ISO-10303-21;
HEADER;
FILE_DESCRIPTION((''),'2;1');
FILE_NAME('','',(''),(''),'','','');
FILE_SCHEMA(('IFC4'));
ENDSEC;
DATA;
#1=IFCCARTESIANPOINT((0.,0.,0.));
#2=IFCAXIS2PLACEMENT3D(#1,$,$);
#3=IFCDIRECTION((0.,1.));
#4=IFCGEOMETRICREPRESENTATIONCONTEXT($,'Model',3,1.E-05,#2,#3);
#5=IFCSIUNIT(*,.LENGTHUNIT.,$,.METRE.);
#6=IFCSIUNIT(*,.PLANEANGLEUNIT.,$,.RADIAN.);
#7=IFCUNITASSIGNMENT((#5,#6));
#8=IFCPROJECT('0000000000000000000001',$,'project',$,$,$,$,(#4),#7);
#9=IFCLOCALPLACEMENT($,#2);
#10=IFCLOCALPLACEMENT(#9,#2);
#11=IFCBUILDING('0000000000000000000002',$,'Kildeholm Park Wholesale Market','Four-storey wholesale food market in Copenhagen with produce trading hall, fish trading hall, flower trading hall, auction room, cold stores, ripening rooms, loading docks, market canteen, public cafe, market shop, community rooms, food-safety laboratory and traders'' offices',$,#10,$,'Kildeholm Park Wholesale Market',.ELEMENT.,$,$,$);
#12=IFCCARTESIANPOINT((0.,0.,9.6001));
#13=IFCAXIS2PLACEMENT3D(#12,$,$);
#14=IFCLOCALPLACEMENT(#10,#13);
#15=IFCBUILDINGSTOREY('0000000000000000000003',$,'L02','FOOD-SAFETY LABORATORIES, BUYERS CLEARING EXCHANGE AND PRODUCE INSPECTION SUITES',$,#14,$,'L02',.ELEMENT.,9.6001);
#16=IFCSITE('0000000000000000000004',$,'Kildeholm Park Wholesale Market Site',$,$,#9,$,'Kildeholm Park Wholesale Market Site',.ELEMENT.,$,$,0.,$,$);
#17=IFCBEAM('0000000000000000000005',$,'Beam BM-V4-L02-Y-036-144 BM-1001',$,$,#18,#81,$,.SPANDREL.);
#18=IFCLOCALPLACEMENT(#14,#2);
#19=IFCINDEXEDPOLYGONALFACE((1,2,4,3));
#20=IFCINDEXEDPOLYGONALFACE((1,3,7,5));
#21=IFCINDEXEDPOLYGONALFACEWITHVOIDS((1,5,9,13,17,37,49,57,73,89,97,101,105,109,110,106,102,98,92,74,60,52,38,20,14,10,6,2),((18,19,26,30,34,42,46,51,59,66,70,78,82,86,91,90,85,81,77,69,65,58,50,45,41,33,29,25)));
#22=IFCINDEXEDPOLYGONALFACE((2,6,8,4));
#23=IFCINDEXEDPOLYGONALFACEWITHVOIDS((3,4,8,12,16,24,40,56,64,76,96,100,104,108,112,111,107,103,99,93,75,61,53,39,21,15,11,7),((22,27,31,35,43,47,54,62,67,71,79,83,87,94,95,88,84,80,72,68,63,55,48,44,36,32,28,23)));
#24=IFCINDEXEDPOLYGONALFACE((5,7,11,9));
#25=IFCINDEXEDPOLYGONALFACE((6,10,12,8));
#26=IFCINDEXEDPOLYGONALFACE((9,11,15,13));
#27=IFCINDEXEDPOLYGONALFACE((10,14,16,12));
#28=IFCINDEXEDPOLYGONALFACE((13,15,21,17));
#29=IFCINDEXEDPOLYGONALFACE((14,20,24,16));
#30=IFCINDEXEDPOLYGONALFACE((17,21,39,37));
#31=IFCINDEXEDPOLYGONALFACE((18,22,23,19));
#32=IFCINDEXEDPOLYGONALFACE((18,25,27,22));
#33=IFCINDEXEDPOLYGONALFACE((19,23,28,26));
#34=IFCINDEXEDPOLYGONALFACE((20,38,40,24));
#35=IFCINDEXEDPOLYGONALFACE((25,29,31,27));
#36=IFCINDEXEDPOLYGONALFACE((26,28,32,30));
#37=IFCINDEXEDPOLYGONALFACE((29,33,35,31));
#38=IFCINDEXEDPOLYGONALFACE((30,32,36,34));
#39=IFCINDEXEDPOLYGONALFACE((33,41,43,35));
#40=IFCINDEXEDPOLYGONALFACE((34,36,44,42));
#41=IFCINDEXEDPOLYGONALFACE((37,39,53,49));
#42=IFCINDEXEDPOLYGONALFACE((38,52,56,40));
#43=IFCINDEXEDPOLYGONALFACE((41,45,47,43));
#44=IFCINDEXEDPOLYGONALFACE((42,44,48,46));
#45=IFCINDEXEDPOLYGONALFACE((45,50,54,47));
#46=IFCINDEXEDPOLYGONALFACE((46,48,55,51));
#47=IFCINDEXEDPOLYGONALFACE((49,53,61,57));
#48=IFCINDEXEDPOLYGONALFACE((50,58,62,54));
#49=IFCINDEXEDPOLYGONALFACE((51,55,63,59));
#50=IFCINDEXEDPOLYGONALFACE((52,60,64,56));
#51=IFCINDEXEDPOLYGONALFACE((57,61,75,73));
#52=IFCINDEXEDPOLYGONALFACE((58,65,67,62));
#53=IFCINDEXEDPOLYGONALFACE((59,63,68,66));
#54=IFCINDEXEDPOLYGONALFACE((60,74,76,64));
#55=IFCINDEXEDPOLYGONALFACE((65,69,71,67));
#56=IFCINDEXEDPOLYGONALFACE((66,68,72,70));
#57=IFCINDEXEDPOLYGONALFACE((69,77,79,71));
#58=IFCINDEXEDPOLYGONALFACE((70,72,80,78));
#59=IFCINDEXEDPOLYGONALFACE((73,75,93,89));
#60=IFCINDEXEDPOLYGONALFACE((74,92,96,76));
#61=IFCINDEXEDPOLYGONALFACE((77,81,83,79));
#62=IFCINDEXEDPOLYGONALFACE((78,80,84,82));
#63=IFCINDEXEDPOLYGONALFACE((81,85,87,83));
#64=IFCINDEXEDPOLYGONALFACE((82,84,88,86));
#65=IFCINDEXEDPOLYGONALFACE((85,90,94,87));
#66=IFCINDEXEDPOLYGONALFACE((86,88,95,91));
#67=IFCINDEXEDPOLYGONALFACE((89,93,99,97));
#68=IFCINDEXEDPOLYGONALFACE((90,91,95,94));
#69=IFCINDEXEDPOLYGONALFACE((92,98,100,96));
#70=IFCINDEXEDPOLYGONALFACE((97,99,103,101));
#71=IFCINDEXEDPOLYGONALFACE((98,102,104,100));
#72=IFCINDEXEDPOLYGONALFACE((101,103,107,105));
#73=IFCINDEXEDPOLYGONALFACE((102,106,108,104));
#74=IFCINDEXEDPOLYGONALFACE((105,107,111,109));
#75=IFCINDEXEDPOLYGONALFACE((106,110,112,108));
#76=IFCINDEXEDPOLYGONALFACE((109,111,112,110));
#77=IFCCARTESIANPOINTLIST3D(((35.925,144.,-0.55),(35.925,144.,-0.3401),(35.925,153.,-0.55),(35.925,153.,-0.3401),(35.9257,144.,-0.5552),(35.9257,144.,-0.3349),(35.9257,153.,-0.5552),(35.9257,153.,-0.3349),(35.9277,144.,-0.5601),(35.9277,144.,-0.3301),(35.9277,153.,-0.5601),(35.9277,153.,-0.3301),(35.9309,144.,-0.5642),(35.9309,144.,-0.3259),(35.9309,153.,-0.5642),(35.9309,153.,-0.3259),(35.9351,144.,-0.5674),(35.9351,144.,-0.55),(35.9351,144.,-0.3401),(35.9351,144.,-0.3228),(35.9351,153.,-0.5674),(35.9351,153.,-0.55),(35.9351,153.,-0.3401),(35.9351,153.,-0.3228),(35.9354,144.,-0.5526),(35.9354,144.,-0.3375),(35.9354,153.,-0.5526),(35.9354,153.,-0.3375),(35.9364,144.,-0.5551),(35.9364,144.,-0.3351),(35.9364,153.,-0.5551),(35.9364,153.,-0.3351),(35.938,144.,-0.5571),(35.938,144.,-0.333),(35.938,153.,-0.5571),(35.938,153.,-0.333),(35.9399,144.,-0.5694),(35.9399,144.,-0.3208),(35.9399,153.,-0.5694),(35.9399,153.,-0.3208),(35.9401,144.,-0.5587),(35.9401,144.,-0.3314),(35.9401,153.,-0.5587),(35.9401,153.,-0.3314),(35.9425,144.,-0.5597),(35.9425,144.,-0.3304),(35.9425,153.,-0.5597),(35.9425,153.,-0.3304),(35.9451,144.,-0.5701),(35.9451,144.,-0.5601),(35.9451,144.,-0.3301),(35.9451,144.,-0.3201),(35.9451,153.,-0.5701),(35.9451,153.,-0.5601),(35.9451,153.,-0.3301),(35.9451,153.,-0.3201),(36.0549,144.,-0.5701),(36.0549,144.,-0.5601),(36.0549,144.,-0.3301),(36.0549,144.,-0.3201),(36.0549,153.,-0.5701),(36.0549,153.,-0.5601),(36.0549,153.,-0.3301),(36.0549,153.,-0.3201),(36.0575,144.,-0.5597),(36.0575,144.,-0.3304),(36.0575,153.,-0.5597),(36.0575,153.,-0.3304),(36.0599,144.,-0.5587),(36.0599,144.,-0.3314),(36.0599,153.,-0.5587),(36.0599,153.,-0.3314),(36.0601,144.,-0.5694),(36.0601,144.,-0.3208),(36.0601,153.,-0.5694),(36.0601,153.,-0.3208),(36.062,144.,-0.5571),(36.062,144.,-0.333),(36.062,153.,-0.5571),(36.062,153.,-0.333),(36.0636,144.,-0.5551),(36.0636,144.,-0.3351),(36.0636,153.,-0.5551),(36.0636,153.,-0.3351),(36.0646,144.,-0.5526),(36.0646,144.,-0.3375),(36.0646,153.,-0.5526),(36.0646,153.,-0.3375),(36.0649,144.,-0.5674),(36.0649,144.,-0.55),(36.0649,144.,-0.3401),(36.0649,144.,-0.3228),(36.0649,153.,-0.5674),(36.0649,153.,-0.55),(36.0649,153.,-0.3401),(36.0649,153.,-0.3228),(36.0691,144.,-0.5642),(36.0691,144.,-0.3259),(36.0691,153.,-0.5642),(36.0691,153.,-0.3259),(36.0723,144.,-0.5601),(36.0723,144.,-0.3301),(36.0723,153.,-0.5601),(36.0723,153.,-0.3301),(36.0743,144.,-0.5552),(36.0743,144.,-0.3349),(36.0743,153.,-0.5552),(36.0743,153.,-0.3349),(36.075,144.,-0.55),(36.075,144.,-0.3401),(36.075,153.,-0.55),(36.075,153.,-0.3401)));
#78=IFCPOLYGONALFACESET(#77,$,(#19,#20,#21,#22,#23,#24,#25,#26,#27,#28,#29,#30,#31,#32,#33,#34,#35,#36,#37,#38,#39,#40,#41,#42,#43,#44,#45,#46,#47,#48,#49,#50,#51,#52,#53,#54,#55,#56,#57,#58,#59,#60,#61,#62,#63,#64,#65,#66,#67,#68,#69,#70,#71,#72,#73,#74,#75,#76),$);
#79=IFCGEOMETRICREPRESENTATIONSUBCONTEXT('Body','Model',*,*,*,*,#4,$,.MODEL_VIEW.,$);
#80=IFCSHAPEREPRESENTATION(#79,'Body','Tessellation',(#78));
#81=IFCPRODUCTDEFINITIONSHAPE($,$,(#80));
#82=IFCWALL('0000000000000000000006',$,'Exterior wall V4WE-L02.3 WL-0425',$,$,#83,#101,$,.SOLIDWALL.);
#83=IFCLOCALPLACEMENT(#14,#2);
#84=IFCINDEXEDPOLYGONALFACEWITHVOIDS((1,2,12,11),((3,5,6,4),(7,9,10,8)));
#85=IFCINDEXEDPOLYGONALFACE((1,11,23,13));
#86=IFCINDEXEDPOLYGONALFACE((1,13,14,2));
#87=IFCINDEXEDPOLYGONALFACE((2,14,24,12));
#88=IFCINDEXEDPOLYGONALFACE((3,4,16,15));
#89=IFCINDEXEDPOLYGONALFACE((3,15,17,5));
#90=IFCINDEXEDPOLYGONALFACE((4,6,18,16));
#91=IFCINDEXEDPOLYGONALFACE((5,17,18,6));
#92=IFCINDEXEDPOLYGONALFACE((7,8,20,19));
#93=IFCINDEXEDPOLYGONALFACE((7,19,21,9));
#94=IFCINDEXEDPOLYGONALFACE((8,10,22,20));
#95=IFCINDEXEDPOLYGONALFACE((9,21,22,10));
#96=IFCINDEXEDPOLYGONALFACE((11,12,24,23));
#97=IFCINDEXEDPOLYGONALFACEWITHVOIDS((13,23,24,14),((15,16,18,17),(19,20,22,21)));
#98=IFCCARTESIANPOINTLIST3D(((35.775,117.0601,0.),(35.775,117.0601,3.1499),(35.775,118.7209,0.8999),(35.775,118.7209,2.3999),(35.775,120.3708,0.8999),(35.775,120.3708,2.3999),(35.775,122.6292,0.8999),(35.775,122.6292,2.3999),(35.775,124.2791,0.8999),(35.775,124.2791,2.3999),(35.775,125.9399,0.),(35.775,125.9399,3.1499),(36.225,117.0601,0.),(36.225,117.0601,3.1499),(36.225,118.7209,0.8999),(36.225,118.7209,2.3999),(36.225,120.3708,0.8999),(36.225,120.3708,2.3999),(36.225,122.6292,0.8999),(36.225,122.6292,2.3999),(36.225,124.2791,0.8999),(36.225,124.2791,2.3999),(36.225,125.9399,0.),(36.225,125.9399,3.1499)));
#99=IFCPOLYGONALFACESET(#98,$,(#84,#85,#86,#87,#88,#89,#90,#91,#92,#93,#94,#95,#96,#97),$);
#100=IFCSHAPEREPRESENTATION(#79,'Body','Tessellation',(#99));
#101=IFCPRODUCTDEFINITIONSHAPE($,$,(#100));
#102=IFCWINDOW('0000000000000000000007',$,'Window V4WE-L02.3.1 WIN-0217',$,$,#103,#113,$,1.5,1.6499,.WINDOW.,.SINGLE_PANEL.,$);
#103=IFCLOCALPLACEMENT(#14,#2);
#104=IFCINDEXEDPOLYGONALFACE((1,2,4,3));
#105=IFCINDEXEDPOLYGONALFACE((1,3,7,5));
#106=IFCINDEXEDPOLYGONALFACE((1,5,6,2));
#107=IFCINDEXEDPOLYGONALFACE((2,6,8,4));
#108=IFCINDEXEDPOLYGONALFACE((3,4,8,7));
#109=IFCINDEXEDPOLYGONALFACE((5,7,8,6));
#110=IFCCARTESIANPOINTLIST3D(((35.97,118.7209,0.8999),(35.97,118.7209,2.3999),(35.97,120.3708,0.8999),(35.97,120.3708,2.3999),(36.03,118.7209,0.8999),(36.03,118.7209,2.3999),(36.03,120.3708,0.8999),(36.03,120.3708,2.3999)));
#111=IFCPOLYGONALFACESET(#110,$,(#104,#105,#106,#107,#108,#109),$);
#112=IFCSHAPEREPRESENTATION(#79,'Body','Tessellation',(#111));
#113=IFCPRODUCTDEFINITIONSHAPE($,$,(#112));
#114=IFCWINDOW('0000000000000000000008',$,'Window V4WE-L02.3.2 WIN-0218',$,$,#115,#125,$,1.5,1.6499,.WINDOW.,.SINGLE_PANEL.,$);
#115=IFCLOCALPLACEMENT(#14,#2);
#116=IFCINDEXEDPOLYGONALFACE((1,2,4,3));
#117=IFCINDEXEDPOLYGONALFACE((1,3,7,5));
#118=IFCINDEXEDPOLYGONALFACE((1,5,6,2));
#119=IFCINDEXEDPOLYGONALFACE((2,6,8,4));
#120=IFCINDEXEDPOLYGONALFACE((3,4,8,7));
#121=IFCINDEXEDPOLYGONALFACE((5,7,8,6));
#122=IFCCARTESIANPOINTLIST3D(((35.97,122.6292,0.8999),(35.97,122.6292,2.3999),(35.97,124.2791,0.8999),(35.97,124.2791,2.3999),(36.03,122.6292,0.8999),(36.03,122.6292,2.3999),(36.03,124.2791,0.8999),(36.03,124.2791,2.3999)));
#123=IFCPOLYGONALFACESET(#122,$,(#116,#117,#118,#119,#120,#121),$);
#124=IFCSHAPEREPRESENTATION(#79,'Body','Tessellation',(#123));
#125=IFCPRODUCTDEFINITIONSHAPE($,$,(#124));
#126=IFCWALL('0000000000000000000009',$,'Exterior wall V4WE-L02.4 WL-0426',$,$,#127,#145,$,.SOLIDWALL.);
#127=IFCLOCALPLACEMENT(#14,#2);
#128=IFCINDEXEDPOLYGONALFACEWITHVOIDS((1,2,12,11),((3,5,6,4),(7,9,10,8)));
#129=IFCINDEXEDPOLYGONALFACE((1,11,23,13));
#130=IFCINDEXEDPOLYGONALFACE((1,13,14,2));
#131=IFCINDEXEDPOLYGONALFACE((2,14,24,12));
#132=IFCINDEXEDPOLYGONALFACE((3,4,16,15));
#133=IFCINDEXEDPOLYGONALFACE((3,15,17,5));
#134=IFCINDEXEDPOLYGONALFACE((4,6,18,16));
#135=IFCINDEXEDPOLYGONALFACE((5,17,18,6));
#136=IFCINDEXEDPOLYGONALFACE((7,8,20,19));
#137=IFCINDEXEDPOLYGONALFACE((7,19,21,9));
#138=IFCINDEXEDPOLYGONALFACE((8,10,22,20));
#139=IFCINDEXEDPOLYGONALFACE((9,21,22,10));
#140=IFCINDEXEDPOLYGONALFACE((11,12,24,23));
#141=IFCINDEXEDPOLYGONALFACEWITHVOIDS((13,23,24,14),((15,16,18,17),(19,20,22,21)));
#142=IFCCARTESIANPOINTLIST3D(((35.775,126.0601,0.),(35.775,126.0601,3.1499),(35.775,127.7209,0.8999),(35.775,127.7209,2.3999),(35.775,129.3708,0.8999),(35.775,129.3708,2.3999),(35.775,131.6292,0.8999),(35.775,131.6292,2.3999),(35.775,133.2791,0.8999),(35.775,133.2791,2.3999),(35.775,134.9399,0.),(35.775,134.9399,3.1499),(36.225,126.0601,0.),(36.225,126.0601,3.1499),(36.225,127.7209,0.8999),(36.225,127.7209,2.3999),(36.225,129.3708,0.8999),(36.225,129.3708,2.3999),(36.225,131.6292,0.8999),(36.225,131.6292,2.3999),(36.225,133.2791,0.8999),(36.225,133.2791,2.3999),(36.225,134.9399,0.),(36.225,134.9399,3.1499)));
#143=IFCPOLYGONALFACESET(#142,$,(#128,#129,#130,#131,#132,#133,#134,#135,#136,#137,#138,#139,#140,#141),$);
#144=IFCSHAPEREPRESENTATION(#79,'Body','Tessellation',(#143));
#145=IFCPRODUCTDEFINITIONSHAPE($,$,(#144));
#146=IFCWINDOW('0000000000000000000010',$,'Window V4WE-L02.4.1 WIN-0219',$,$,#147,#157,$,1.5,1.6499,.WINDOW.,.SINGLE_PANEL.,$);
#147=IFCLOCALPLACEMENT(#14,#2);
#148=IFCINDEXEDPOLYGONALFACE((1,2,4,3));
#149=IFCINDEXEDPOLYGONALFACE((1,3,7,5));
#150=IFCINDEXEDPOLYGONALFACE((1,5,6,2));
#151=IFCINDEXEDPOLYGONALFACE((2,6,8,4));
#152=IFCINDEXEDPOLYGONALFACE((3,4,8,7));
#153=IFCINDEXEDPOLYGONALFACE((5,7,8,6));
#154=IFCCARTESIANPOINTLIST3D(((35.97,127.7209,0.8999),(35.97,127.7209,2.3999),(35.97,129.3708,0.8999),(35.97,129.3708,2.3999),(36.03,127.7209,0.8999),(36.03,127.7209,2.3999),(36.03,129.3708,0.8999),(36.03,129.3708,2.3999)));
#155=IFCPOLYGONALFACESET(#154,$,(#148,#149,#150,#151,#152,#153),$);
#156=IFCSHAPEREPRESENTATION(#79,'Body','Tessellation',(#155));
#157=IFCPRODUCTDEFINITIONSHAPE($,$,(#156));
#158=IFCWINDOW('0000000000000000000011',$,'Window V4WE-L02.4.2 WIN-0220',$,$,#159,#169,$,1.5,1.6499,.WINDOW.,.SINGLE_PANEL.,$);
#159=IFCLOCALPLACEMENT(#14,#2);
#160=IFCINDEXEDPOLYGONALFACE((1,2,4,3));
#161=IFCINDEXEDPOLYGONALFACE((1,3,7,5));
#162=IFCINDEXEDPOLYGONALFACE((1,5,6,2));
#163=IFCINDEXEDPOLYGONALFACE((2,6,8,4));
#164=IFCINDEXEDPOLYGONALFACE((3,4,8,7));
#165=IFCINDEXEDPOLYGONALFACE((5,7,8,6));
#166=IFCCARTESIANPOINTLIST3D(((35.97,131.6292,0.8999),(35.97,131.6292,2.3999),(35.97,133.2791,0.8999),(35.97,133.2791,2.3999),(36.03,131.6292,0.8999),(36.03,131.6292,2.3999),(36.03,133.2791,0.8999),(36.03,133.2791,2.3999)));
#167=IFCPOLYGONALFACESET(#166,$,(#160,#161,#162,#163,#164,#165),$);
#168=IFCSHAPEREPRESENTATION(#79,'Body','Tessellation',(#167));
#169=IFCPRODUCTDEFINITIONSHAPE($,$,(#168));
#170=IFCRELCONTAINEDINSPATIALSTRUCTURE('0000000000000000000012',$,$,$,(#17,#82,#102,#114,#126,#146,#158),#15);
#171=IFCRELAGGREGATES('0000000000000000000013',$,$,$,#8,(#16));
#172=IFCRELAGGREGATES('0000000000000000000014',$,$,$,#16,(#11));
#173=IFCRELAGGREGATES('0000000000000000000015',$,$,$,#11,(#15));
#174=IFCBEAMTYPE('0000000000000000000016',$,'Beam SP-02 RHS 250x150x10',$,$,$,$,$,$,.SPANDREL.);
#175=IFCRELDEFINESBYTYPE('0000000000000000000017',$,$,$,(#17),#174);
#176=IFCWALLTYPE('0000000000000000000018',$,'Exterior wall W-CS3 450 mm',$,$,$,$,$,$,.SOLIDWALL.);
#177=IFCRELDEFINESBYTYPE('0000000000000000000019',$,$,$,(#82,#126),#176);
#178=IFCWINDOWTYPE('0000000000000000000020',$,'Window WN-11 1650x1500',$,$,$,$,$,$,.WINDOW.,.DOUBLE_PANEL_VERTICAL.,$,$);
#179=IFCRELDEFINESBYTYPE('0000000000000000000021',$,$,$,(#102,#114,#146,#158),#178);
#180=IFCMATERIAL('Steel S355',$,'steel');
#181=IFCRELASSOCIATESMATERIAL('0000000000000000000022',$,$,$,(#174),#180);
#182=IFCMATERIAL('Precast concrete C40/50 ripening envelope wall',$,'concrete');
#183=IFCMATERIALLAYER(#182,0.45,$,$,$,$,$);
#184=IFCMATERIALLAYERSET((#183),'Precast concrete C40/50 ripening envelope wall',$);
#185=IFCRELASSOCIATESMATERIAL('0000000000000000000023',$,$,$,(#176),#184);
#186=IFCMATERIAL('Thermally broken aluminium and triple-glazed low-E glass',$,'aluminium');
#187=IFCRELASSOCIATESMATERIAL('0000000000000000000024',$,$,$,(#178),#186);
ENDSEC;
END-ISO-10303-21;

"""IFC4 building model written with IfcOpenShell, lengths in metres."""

from ifc_helpers import new_model, si_unit, direction, frame, frame_2d, origin, origin_2d, place, context, subcontext, project, spatial, rectangle, hollow_rectangle, extrude, material, layer, layer_set, material_profile, profile_set, type_object, element, fill, save


model = new_model("IFC4")

# Units and contexts
model_context = context("Model", 3, precision=1e-05, world=origin(), true_north=direction((0.0, 1.0)))
body_context = subcontext(model_context, "Body", "Model", "MODEL_VIEW")
ifc_project = project(units=[si_unit("LENGTHUNIT", "METRE"), si_unit("PLANEANGLEUNIT", "RADIAN")], contexts=[model_context])

# Site, building, storey
site_placement = place(None, origin())
site = spatial("IfcSite", under=ifc_project, at=site_placement, Name="Kildeholm Park Wholesale Market Site", LongName="Kildeholm Park Wholesale Market Site", CompositionType="ELEMENT", RefElevation=0.0)
building_placement = place(site_placement, origin())
building = spatial("IfcBuilding", under=site, at=building_placement, Name="Kildeholm Park Wholesale Market", Description="Four-storey wholesale food market in Copenhagen with produce trading hall, fish trading hall, flower trading hall, auction room, cold stores, ripening rooms, loading docks, market canteen, public cafe, market shop, community rooms, food-safety laboratory and traders' offices", LongName="Kildeholm Park Wholesale Market", CompositionType="ELEMENT")
storey_placement = place(building_placement, frame((0.0, 0.0, 9.6001)))
storey = spatial("IfcBuildingStorey", under=building, at=storey_placement, Name="L02", Description="FOOD-SAFETY LABORATORIES, BUYERS CLEARING EXCHANGE AND PRODUCE INSPECTION SUITES", LongName="L02", CompositionType="ELEMENT", Elevation=9.6001)

# Beam
ifc_material_1 = material(Name="Steel S355", Category="steel")
ifc_material_profile_1 = material_profile(ifc_material_1, hollow_rectangle(XDim=0.1499, YDim=0.25, WallThickness=0.01, InnerFilletRadius=0.01, OuterFilletRadius=0.02, at=origin_2d()), Name="RHS 250x150x10")
ifc_profile_set_1 = profile_set([ifc_material_profile_1], Name="Steel S355")
beam_type_1 = type_object("IfcBeamType", Name="Beam SP-02 RHS 250x150x10", PredefinedType="SPANDREL", material=ifc_profile_set_1)
for number, where, z_axis, x_axis, name in (
    (1, (36.0, 144.0, -0.4451), (0.0, 1.0, 0.0), (-1.0, 0.0, 0.0), "Beam BM-V4-L02-Y-036-144 BM-1001"),
):
    element("IfcBeam", number, at=place(storey_placement, frame(where, z_axis=z_axis, x_axis=x_axis)), inside=storey, type_object=beam_type_1, Name=name, PredefinedType="SPANDREL", context=body_context, shape_type="SweptSolid", body=[
        extrude(hollow_rectangle(XDim=0.1499, YDim=0.25, WallThickness=0.01, InnerFilletRadius=0.01, OuterFilletRadius=0.02, at=origin_2d()), origin(), (0.0, 0.0, 1.0), 9.0),
    ])

# Walls, openings, windows
ifc_material_2 = material(Name="Precast concrete C40/50 ripening envelope wall", Category="concrete")
ifc_layer = layer(ifc_material_2, 0.45)
ifc_layer_set = layer_set([ifc_layer], Name="Precast concrete C40/50 ripening envelope wall")
wall_type = type_object("IfcWallType", Name="Exterior wall W-CS3 450 mm", PredefinedType="SOLIDWALL", material=ifc_layer_set)
wall_1_placement = place(storey_placement, frame((36.0, 117.0601, 0.0), z_axis=(0.0, 0.0, 1.0), x_axis=(0.0, 1.0, 0.0)))
wall_1 = element("IfcWall", 2, at=wall_1_placement, inside=storey, type_object=wall_type, Name="Exterior wall V4WE-L02.3 WL-0425", PredefinedType="SOLIDWALL", context=body_context, shape_type="SweptSolid", body=[
    extrude(rectangle(XDim=8.8799, YDim=0.45, at=frame_2d((4.4399, 0.0))), origin(), (0.0, 0.0, 1.0), 3.1499),
])
opening_1_placement = place(wall_1_placement, frame((1.6609, 0.0, 0.8999)))
opening_1 = element("IfcOpeningElement", 3, at=opening_1_placement, cuts=wall_1, PredefinedType="OPENING", context=body_context, shape_type="SweptSolid", body=[
    extrude(rectangle(XDim=1.6499, YDim=1.5, at=frame_2d((0.825, 0.75))), frame((0.0, 0.2349, 0.0), z_axis=(0.0, -1.0, 0.0), x_axis=(1.0, 0.0, 0.0)), (0.0, 0.0, 1.0), 0.47),
])
opening_2_placement = place(wall_1_placement, frame((5.5691, 0.0, 0.8999)))
opening_2 = element("IfcOpeningElement", 4, at=opening_2_placement, cuts=wall_1, PredefinedType="OPENING", context=body_context, shape_type="SweptSolid", body=[
    extrude(rectangle(XDim=1.6499, YDim=1.5, at=frame_2d((0.825, 0.75))), frame((0.0, 0.2349, 0.0), z_axis=(0.0, -1.0, 0.0), x_axis=(1.0, 0.0, 0.0)), (0.0, 0.0, 1.0), 0.47),
])
ifc_material_3 = material(Name="Thermally broken aluminium and triple-glazed low-E glass", Category="aluminium")
window_type = type_object("IfcWindowType", Name="Window WN-11 1650x1500", PartitioningType="DOUBLE_PANEL_VERTICAL", PredefinedType="WINDOW", material=ifc_material_3)
window_1_placement = place(opening_1_placement, origin())
window_1 = element("IfcWindow", 5, at=window_1_placement, inside=storey, type_object=window_type, Name="Window V4WE-L02.3.1 WIN-0217", OverallHeight=1.5, OverallWidth=1.6499, PartitioningType="SINGLE_PANEL", PredefinedType="WINDOW", context=body_context, shape_type="SweptSolid", body=[
    extrude(rectangle(XDim=1.6499, YDim=1.5, at=frame_2d((0.825, 0.75))), frame((0.0, 0.03, 0.0), z_axis=(0.0, -1.0, 0.0), x_axis=(1.0, 0.0, 0.0)), (0.0, 0.0, 1.0), 0.0601),
])
fill(opening_1, window_1)
window_2_placement = place(opening_2_placement, origin())
window_2 = element("IfcWindow", 6, at=window_2_placement, inside=storey, type_object=window_type, Name="Window V4WE-L02.3.2 WIN-0218", OverallHeight=1.5, OverallWidth=1.6499, PartitioningType="SINGLE_PANEL", PredefinedType="WINDOW", context=body_context, shape_type="SweptSolid", body=[
    extrude(rectangle(XDim=1.6499, YDim=1.5, at=frame_2d((0.825, 0.75))), frame((0.0, 0.03, 0.0), z_axis=(0.0, -1.0, 0.0), x_axis=(1.0, 0.0, 0.0)), (0.0, 0.0, 1.0), 0.0601),
])
fill(opening_2, window_2)
wall_2_placement = place(storey_placement, frame((36.0, 126.0601, 0.0), z_axis=(0.0, 0.0, 1.0), x_axis=(0.0, 1.0, 0.0)))
wall_2 = element("IfcWall", 7, at=wall_2_placement, inside=storey, type_object=wall_type, Name="Exterior wall V4WE-L02.4 WL-0426", PredefinedType="SOLIDWALL", context=body_context, shape_type="SweptSolid", body=[
    extrude(rectangle(XDim=8.8799, YDim=0.45, at=frame_2d((4.4399, 0.0))), origin(), (0.0, 0.0, 1.0), 3.1499),
])
opening_3_placement = place(wall_2_placement, frame((1.6609, 0.0, 0.8999)))
opening_3 = element("IfcOpeningElement", 8, at=opening_3_placement, cuts=wall_2, PredefinedType="OPENING", context=body_context, shape_type="SweptSolid", body=[
    extrude(rectangle(XDim=1.6499, YDim=1.5, at=frame_2d((0.825, 0.75))), frame((0.0, 0.2349, 0.0), z_axis=(0.0, -1.0, 0.0), x_axis=(1.0, 0.0, 0.0)), (0.0, 0.0, 1.0), 0.47),
])
opening_4_placement = place(wall_2_placement, frame((5.5691, 0.0, 0.8999)))
opening_4 = element("IfcOpeningElement", 9, at=opening_4_placement, cuts=wall_2, PredefinedType="OPENING", context=body_context, shape_type="SweptSolid", body=[
    extrude(rectangle(XDim=1.6499, YDim=1.5, at=frame_2d((0.825, 0.75))), frame((0.0, 0.2349, 0.0), z_axis=(0.0, -1.0, 0.0), x_axis=(1.0, 0.0, 0.0)), (0.0, 0.0, 1.0), 0.47),
])
window_3_placement = place(opening_3_placement, origin())
window_3 = element("IfcWindow", 10, at=window_3_placement, inside=storey, type_object=window_type, Name="Window V4WE-L02.4.1 WIN-0219", OverallHeight=1.5, OverallWidth=1.6499, PartitioningType="SINGLE_PANEL", PredefinedType="WINDOW", context=body_context, shape_type="SweptSolid", body=[
    extrude(rectangle(XDim=1.6499, YDim=1.5, at=frame_2d((0.825, 0.75))), frame((0.0, 0.03, 0.0), z_axis=(0.0, -1.0, 0.0), x_axis=(1.0, 0.0, 0.0)), (0.0, 0.0, 1.0), 0.0601),
])
fill(opening_3, window_3)
window_4_placement = place(opening_4_placement, origin())
window_4 = element("IfcWindow", 11, at=window_4_placement, inside=storey, type_object=window_type, Name="Window V4WE-L02.4.2 WIN-0220", OverallHeight=1.5, OverallWidth=1.6499, PartitioningType="SINGLE_PANEL", PredefinedType="WINDOW", context=body_context, shape_type="SweptSolid", body=[
    extrude(rectangle(XDim=1.6499, YDim=1.5, at=frame_2d((0.825, 0.75))), frame((0.0, 0.03, 0.0), z_axis=(0.0, -1.0, 0.0), x_axis=(1.0, 0.0, 0.0)), (0.0, 0.0, 1.0), 0.0601),
])
fill(opening_4, window_4)

save(model, "model.ifc")
